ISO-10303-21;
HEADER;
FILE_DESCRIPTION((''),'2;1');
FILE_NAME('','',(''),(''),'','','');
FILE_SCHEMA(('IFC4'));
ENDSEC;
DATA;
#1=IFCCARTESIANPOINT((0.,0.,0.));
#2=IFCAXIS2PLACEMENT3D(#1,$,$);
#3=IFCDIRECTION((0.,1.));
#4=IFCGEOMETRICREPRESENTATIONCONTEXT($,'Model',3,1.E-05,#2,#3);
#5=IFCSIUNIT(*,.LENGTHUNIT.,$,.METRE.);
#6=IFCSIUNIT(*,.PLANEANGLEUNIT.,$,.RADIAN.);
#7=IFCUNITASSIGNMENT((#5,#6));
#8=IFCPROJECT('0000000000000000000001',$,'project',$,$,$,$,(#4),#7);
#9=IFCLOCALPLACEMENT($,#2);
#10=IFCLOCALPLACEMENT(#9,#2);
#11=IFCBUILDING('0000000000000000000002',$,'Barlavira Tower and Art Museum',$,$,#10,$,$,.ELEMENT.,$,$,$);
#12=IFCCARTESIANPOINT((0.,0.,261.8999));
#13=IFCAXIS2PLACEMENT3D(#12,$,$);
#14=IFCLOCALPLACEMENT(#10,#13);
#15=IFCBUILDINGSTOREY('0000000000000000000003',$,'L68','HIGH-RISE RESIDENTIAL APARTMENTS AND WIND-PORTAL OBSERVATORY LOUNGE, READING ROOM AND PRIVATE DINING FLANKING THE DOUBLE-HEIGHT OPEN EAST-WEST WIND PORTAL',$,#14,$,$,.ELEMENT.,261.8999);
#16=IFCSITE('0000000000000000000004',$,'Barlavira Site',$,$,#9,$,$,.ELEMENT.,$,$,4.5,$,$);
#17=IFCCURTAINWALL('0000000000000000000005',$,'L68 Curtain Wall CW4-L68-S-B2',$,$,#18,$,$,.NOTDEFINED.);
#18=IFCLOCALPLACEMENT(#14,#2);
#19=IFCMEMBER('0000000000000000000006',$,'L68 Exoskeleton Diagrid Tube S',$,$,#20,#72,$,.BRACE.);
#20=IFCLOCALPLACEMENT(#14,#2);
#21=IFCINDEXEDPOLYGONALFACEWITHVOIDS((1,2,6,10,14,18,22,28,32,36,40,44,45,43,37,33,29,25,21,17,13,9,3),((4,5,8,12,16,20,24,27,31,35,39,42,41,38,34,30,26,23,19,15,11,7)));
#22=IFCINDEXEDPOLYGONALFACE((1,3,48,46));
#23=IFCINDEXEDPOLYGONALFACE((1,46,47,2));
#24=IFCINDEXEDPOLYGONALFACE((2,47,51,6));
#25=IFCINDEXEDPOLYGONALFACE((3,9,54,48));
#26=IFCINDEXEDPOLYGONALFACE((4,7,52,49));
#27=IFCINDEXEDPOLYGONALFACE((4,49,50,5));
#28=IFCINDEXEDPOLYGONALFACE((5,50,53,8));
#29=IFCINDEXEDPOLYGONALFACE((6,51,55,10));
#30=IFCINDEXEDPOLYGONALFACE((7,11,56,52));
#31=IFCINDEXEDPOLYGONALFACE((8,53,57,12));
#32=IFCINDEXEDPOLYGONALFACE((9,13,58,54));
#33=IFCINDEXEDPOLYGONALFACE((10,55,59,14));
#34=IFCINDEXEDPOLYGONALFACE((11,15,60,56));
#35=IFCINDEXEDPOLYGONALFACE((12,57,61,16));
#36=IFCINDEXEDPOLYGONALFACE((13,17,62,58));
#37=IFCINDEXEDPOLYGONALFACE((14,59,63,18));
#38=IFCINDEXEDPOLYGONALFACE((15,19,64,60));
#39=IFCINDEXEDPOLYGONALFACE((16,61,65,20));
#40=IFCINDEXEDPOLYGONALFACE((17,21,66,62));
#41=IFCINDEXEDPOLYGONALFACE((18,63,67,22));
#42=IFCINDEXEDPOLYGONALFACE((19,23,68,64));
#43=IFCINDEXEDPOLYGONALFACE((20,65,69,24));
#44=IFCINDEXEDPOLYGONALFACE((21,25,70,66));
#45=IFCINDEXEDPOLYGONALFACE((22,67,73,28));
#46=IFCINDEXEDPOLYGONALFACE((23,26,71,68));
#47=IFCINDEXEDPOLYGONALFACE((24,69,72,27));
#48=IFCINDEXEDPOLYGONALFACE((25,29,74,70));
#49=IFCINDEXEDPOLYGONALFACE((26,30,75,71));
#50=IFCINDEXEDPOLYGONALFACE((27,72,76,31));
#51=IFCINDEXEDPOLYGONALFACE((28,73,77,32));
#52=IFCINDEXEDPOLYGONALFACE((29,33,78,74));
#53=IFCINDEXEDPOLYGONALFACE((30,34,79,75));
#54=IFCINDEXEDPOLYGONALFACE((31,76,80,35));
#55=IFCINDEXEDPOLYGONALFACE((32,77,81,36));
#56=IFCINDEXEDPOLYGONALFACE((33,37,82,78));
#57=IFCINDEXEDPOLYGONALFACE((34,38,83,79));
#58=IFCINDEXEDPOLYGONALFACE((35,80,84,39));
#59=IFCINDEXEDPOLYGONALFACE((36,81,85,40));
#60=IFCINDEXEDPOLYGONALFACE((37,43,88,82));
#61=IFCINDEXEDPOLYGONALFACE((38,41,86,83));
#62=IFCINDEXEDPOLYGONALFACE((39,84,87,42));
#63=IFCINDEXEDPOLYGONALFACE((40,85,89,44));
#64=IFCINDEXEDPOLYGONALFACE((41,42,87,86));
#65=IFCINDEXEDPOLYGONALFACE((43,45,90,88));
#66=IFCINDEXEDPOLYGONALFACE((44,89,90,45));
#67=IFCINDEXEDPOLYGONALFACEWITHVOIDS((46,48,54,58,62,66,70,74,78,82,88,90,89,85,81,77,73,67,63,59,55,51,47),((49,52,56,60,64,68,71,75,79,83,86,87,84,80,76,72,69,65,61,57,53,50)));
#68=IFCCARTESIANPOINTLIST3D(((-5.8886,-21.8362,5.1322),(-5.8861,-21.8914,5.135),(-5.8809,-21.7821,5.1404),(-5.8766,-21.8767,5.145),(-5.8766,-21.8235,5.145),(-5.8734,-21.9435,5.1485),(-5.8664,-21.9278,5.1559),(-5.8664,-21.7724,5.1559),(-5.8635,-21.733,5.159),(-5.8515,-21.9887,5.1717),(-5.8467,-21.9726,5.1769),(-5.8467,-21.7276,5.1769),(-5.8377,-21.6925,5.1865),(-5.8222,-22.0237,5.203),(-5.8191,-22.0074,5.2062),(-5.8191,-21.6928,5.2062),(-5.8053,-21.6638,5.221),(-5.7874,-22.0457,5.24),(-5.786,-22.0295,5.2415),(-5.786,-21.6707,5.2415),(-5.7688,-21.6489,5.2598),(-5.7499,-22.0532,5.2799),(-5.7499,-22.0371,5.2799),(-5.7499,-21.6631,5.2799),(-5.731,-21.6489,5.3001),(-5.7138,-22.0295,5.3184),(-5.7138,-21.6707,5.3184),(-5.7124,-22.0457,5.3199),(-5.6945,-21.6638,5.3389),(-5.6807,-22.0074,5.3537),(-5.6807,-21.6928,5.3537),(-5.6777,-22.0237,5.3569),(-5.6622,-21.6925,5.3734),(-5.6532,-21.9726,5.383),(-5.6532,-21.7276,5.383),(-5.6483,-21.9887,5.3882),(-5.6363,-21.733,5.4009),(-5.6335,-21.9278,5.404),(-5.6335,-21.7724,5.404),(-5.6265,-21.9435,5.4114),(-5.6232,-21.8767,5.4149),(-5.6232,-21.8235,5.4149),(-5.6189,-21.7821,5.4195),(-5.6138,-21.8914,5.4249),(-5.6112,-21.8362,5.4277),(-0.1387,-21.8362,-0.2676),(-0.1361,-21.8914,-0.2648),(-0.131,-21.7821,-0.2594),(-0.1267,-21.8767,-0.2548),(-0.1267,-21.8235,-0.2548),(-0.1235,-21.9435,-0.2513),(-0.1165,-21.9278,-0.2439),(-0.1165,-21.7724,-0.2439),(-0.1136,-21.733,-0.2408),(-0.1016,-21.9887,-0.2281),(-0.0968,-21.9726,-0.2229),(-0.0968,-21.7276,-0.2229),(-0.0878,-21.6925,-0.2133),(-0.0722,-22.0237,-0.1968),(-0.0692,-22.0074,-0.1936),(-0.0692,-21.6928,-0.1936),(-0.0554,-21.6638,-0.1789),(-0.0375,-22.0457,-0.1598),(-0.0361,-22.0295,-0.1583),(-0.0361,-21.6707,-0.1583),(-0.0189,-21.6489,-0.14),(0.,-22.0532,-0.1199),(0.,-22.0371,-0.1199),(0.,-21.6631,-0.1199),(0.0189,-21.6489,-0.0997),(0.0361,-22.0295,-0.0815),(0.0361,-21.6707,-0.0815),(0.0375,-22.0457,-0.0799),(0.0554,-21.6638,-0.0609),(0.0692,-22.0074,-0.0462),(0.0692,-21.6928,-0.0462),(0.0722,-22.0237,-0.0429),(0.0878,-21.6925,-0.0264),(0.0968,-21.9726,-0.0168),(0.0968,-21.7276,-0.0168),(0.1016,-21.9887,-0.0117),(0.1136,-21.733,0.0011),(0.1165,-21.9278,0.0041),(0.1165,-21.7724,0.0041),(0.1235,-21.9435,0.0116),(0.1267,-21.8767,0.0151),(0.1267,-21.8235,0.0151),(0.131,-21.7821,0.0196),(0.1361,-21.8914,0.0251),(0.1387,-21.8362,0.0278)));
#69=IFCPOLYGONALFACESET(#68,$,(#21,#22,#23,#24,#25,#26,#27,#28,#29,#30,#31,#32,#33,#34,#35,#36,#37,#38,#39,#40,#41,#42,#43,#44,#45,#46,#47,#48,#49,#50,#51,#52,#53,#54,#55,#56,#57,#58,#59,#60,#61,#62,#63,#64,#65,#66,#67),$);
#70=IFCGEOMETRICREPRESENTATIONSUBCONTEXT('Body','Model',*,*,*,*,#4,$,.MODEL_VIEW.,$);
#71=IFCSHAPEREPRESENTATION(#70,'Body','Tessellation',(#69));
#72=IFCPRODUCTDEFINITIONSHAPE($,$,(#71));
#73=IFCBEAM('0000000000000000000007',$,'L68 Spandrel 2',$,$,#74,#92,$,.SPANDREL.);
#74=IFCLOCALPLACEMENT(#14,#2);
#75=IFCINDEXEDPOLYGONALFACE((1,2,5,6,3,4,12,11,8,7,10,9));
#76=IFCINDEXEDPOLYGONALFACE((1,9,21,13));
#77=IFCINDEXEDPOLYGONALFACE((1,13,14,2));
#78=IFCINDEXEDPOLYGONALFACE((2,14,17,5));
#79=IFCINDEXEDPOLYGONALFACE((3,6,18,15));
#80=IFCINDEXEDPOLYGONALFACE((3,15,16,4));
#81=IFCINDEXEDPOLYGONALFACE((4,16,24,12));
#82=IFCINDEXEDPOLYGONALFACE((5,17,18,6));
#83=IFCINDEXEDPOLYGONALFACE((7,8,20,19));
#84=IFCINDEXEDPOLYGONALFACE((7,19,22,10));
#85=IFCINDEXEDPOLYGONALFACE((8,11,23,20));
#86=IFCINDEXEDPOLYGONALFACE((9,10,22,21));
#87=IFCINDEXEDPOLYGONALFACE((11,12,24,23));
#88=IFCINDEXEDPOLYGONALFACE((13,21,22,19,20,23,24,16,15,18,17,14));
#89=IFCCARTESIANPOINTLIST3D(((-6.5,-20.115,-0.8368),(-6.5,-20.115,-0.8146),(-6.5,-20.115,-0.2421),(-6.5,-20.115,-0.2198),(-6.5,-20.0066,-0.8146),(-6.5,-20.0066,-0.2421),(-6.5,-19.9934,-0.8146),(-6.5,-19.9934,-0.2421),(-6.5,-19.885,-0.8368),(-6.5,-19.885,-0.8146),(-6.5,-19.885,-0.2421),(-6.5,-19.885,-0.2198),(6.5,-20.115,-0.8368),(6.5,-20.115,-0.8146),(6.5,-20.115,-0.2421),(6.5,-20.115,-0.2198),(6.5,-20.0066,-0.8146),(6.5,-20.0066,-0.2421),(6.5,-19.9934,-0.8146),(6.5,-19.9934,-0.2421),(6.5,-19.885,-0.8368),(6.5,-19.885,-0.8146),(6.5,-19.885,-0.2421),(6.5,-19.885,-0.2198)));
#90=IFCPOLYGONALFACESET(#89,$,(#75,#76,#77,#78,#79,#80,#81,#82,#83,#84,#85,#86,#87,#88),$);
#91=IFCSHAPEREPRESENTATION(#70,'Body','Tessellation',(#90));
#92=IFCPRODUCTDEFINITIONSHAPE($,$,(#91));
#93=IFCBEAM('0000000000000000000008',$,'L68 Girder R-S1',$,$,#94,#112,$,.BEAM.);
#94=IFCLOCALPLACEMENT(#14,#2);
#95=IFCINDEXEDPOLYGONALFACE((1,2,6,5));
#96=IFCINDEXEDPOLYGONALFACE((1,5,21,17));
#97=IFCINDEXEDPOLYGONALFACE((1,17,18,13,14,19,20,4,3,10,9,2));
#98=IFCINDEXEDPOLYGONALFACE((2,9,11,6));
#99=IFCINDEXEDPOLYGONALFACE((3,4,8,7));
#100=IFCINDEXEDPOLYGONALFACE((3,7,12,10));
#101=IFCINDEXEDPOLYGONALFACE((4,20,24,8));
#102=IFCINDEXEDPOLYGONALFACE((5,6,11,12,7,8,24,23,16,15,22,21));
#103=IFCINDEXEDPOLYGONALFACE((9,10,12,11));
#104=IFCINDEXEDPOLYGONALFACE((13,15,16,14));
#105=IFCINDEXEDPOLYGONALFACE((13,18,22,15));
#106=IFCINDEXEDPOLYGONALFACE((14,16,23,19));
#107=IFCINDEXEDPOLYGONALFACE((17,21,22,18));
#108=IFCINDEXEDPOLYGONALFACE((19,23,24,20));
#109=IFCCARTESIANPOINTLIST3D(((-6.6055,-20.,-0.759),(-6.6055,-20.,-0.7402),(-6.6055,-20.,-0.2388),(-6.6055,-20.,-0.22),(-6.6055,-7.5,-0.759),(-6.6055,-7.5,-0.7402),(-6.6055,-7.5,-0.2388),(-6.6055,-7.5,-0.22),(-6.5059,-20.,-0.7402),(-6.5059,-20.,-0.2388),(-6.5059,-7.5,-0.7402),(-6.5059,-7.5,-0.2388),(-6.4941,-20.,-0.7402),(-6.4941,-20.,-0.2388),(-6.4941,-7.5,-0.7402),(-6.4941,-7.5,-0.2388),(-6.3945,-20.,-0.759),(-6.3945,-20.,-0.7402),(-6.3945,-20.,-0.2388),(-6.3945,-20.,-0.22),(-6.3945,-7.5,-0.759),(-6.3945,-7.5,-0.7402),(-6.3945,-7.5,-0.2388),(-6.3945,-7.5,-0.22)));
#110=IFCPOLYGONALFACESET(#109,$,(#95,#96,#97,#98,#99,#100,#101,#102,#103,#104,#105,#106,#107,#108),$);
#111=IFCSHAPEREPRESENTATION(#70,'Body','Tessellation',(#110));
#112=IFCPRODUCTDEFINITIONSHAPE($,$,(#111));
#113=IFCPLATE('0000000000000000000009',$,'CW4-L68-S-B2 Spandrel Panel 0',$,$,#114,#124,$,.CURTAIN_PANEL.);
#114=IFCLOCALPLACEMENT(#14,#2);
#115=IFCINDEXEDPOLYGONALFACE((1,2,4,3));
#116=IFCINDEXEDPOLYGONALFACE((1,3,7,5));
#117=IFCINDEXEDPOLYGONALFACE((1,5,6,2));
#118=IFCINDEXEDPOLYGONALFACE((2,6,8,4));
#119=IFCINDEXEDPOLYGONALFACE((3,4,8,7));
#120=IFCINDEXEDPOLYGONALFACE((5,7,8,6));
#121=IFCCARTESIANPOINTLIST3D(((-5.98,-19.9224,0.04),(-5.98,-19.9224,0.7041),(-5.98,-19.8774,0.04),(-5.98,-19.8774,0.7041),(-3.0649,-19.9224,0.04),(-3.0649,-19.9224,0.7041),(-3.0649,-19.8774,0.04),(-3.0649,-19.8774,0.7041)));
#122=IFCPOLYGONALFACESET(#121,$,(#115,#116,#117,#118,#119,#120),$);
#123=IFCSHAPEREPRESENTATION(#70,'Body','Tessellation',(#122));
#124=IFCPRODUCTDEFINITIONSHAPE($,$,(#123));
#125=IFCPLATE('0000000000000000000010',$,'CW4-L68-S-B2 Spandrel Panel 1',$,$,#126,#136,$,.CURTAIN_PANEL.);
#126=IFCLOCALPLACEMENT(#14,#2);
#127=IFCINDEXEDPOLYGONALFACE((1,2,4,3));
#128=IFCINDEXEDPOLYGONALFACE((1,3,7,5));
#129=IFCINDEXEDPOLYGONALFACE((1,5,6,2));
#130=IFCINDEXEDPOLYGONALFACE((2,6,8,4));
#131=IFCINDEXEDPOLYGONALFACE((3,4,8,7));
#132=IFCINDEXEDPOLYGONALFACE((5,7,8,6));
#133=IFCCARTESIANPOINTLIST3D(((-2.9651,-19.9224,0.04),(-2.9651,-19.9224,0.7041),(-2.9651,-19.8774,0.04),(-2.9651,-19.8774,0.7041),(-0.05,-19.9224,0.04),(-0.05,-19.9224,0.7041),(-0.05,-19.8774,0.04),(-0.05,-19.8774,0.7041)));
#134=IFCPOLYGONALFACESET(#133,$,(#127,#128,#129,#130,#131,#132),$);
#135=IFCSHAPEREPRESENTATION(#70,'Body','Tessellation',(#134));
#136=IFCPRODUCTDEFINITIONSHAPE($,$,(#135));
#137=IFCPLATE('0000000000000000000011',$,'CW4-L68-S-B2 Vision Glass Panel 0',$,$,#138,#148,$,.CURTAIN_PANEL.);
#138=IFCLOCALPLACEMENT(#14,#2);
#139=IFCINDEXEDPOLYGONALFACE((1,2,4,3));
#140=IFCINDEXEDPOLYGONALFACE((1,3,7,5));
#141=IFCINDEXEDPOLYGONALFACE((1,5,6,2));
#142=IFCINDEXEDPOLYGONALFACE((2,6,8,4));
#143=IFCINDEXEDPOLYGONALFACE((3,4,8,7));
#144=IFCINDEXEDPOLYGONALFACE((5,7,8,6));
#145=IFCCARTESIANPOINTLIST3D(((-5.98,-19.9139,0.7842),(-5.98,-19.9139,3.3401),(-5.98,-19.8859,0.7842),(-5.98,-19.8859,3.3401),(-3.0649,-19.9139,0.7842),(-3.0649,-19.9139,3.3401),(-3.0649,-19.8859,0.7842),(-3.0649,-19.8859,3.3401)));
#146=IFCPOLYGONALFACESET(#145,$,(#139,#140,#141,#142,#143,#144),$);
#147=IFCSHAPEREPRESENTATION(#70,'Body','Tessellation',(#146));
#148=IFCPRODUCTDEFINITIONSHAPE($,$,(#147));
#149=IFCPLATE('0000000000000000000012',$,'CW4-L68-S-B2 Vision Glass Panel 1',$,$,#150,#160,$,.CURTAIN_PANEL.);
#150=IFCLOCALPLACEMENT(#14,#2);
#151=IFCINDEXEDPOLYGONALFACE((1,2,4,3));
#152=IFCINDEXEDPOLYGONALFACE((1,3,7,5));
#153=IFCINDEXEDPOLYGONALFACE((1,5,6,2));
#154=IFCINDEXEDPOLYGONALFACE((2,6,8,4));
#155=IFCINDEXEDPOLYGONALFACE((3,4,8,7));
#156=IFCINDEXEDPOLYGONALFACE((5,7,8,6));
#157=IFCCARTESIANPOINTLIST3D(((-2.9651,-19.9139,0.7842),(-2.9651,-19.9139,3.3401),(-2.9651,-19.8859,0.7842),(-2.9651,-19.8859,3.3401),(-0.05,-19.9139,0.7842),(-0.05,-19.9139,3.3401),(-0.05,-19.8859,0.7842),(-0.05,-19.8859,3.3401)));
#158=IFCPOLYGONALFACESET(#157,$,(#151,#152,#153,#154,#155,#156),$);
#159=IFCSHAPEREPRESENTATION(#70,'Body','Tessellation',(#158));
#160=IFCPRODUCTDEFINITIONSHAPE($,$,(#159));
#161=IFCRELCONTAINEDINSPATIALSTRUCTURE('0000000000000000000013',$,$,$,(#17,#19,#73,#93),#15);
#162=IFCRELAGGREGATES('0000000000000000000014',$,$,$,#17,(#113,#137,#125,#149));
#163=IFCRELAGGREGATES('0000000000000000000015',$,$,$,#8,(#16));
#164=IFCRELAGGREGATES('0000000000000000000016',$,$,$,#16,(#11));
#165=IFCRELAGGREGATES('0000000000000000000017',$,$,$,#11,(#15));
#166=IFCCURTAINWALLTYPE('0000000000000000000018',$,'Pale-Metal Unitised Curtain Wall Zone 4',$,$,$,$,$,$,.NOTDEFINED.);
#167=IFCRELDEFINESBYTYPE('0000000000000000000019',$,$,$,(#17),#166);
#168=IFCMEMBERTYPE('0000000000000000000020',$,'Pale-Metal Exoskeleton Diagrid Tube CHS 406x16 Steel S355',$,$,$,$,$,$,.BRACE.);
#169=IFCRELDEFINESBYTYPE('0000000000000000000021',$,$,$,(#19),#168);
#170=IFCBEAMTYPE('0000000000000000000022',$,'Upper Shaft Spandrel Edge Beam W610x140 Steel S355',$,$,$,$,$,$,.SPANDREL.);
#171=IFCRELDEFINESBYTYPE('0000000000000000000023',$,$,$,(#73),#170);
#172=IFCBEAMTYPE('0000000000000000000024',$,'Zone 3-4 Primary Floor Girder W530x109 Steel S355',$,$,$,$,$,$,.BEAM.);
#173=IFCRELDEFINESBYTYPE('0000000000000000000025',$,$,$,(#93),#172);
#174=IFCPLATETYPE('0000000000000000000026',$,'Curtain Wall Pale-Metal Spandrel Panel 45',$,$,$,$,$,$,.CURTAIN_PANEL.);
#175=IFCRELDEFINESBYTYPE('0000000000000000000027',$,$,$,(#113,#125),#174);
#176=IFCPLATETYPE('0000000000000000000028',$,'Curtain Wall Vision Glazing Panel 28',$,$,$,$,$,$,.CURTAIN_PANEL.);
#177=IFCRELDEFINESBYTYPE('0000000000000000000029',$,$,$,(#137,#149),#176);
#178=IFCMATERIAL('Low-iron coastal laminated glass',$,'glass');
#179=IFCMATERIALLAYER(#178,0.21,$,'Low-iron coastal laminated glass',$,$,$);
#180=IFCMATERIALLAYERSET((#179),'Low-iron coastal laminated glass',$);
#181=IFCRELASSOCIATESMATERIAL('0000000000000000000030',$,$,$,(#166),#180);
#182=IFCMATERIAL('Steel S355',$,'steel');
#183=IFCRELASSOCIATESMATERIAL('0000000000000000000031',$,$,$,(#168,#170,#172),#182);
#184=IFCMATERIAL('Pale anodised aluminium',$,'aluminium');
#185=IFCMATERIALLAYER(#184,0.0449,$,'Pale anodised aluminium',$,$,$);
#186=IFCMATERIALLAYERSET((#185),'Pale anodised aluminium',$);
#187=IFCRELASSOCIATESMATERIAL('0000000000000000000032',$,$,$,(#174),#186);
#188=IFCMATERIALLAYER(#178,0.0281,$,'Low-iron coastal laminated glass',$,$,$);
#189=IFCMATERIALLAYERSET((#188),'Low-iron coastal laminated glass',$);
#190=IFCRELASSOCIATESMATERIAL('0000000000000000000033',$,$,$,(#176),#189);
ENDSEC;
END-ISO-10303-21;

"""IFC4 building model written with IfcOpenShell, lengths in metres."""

from ifc_helpers import new_model, si_unit, direction, frame, origin, origin_2d, place, context, subcontext, project, spatial, rectangle, hollow_circle, i_section, extrude, material, layer, layer_set, material_profile, profile_set, type_object, element, aggregate, save


model = new_model("IFC4")

# Units and contexts
model_context = context("Model", 3, precision=1e-05, world=origin(), true_north=direction((0.0, 1.0)))
body_context = subcontext(model_context, "Body", "Model", "MODEL_VIEW")
ifc_project = project(units=[si_unit("LENGTHUNIT", "METRE"), si_unit("PLANEANGLEUNIT", "RADIAN")], contexts=[model_context])

# Site, building, storey
site_placement = place(None, origin())
site = spatial("IfcSite", under=ifc_project, at=site_placement, Name="Barlavira Site", CompositionType="ELEMENT", RefElevation=4.5)
building_placement = place(site_placement, origin())
building = spatial("IfcBuilding", under=site, at=building_placement, Name="Barlavira Tower and Art Museum", CompositionType="ELEMENT")
storey_placement = place(building_placement, frame((0.0, 0.0, 261.8999)))
storey = spatial("IfcBuildingStorey", under=building, at=storey_placement, Name="L68", Description="HIGH-RISE RESIDENTIAL APARTMENTS AND WIND-PORTAL OBSERVATORY LOUNGE, READING ROOM AND PRIVATE DINING FLANKING THE DOUBLE-HEIGHT OPEN EAST-WEST WIND PORTAL", CompositionType="ELEMENT", Elevation=261.8999)

# Curtain wall
ifc_material_1 = material(Name="Low-iron coastal laminated glass", Category="glass")
ifc_layer_1 = layer(ifc_material_1, 0.21, Name="Low-iron coastal laminated glass")
ifc_layer_set_1 = layer_set([ifc_layer_1], Name="Low-iron coastal laminated glass")
curtain_wall_type = type_object("IfcCurtainWallType", Name="Pale-Metal Unitised Curtain Wall Zone 4", PredefinedType="NOTDEFINED", material=ifc_layer_set_1)
curtain_wall_placement = place(storey_placement, origin())
curtain_wall = element("IfcCurtainWall", 1, at=curtain_wall_placement, inside=storey, type_object=curtain_wall_type, Name="L68 Curtain Wall CW4-L68-S-B2", PredefinedType="NOTDEFINED")
ifc_material_2 = material(Name="Pale anodised aluminium", Category="aluminium")

# Member
ifc_material_3 = material(Name="Steel S355", Category="steel")
ifc_material_profile_1 = material_profile(ifc_material_3, hollow_circle(Radius=0.2031, WallThickness=0.0161, at=origin_2d()), Name="CHS 406.4x16.0")
ifc_profile_set_1 = profile_set([ifc_material_profile_1], Name="Steel S355")
member_type_1 = type_object("IfcMemberType", Name="Pale-Metal Exoskeleton Diagrid Tube CHS 406x16 Steel S355", PredefinedType="BRACE", material=ifc_profile_set_1)
member_1_placement = place(storey_placement, frame((0.0, -21.8501, -0.1199), z_axis=(-0.72895, 0.0, 0.684567), x_axis=(0.0, -1.0, 0.0)))
element("IfcMember", 2, at=member_1_placement, inside=storey, type_object=member_type_1, Name="L68 Exoskeleton Diagrid Tube S", PredefinedType="BRACE", context=body_context, shape_type="SweptSolid", body=[
    extrude(hollow_circle(Radius=0.2031, WallThickness=0.0161, at=origin_2d()), origin(), (0.0, 0.0, 1.0), 7.8879),
])

# Beams
ifc_material_profile_2 = material_profile(ifc_material_3, i_section(OverallWidth=0.23, OverallDepth=0.6169, WebThickness=0.0132, FlangeThickness=0.0222, at=origin_2d()), Name="W610x140.0")
ifc_profile_set_2 = profile_set([ifc_material_profile_2], Name="Steel S355")
beam_type_1 = type_object("IfcBeamType", Name="Upper Shaft Spandrel Edge Beam W610x140 Steel S355", PredefinedType="SPANDREL", material=ifc_profile_set_2)
beam_1_placement = place(storey_placement, frame((-6.5, -20.0, -0.5283), z_axis=(1.0, 0.0, 0.0), x_axis=(0.0, 1.0, 0.0)))
element("IfcBeam", 3, at=beam_1_placement, inside=storey, type_object=beam_type_1, Name="L68 Spandrel 2", PredefinedType="SPANDREL", context=body_context, shape_type="SweptSolid", body=[
    extrude(i_section(OverallWidth=0.23, OverallDepth=0.6169, WebThickness=0.0132, FlangeThickness=0.0222, at=origin_2d()), origin(), (0.0, 0.0, 1.0), 13.0),
])
ifc_material_profile_3 = material_profile(ifc_material_3, i_section(OverallWidth=0.2109, OverallDepth=0.5391, WebThickness=0.0117, FlangeThickness=0.0188, at=origin_2d()), Name="W530x109.0")
ifc_profile_set_3 = profile_set([ifc_material_profile_3], Name="Steel S355")
beam_type_2 = type_object("IfcBeamType", Name="Zone 3-4 Primary Floor Girder W530x109 Steel S355", PredefinedType="BEAM", material=ifc_profile_set_3)
beam_2_placement = place(storey_placement, frame((-6.5, -20.0, -0.4895), z_axis=(0.0, 1.0, 0.0), x_axis=(-1.0, 0.0, 0.0)))
element("IfcBeam", 4, at=beam_2_placement, inside=storey, type_object=beam_type_2, Name="L68 Girder R-S1", PredefinedType="BEAM", context=body_context, shape_type="SweptSolid", body=[
    extrude(i_section(OverallWidth=0.2109, OverallDepth=0.5391, WebThickness=0.0117, FlangeThickness=0.0188, at=origin_2d()), origin(), (0.0, 0.0, 1.0), 12.5),
])

# Plates
ifc_layer_2 = layer(ifc_material_2, 0.0449, Name="Pale anodised aluminium")
ifc_layer_set_2 = layer_set([ifc_layer_2], Name="Pale anodised aluminium")
plate_type_1 = type_object("IfcPlateType", Name="Curtain Wall Pale-Metal Spandrel Panel 45", PredefinedType="CURTAIN_PANEL", material=ifc_layer_set_2)
plate_1_placement = place(storey_placement, frame((-4.5225, -19.8999, 0.04), z_axis=(0.0, 0.0, 1.0), x_axis=(1.0, 0.0, 0.0)))
plate_1 = element("IfcPlate", 5, at=plate_1_placement, type_object=plate_type_1, Name="CW4-L68-S-B2 Spandrel Panel 0", PredefinedType="CURTAIN_PANEL", context=body_context, shape_type="SweptSolid", body=[
    extrude(rectangle(XDim=2.915, YDim=0.0449, at=origin_2d()), origin(), (0.0, 0.0, 1.0), 0.6641),
])
plate_2_placement = place(storey_placement, frame((-1.5076, -19.8999, 0.04), z_axis=(0.0, 0.0, 1.0), x_axis=(1.0, 0.0, 0.0)))
plate_2 = element("IfcPlate", 6, at=plate_2_placement, type_object=plate_type_1, Name="CW4-L68-S-B2 Spandrel Panel 1", PredefinedType="CURTAIN_PANEL", context=body_context, shape_type="SweptSolid", body=[
    extrude(rectangle(XDim=2.915, YDim=0.0449, at=origin_2d()), origin(), (0.0, 0.0, 1.0), 0.6641),
])
ifc_layer_3 = layer(ifc_material_1, 0.0281, Name="Low-iron coastal laminated glass")
ifc_layer_set_3 = layer_set([ifc_layer_3], Name="Low-iron coastal laminated glass")
plate_type_2 = type_object("IfcPlateType", Name="Curtain Wall Vision Glazing Panel 28", PredefinedType="CURTAIN_PANEL", material=ifc_layer_set_3)
plate_3_placement = place(storey_placement, frame((-4.5225, -19.8999, 0.7842), z_axis=(0.0, 0.0, 1.0), x_axis=(1.0, 0.0, 0.0)))
plate_3 = element("IfcPlate", 7, at=plate_3_placement, type_object=plate_type_2, Name="CW4-L68-S-B2 Vision Glass Panel 0", PredefinedType="CURTAIN_PANEL", context=body_context, shape_type="SweptSolid", body=[
    extrude(rectangle(XDim=2.915, YDim=0.0281, at=origin_2d()), origin(), (0.0, 0.0, 1.0), 2.5559),
])
plate_4_placement = place(storey_placement, frame((-1.5076, -19.8999, 0.7842), z_axis=(0.0, 0.0, 1.0), x_axis=(1.0, 0.0, 0.0)))
plate_4 = element("IfcPlate", 8, at=plate_4_placement, type_object=plate_type_2, Name="CW4-L68-S-B2 Vision Glass Panel 1", PredefinedType="CURTAIN_PANEL", context=body_context, shape_type="SweptSolid", body=[
    extrude(rectangle(XDim=2.915, YDim=0.0281, at=origin_2d()), origin(), (0.0, 0.0, 1.0), 2.5559),
])
aggregate(curtain_wall, [plate_1, plate_3, plate_2, plate_4])

save(model, "model.ifc")
